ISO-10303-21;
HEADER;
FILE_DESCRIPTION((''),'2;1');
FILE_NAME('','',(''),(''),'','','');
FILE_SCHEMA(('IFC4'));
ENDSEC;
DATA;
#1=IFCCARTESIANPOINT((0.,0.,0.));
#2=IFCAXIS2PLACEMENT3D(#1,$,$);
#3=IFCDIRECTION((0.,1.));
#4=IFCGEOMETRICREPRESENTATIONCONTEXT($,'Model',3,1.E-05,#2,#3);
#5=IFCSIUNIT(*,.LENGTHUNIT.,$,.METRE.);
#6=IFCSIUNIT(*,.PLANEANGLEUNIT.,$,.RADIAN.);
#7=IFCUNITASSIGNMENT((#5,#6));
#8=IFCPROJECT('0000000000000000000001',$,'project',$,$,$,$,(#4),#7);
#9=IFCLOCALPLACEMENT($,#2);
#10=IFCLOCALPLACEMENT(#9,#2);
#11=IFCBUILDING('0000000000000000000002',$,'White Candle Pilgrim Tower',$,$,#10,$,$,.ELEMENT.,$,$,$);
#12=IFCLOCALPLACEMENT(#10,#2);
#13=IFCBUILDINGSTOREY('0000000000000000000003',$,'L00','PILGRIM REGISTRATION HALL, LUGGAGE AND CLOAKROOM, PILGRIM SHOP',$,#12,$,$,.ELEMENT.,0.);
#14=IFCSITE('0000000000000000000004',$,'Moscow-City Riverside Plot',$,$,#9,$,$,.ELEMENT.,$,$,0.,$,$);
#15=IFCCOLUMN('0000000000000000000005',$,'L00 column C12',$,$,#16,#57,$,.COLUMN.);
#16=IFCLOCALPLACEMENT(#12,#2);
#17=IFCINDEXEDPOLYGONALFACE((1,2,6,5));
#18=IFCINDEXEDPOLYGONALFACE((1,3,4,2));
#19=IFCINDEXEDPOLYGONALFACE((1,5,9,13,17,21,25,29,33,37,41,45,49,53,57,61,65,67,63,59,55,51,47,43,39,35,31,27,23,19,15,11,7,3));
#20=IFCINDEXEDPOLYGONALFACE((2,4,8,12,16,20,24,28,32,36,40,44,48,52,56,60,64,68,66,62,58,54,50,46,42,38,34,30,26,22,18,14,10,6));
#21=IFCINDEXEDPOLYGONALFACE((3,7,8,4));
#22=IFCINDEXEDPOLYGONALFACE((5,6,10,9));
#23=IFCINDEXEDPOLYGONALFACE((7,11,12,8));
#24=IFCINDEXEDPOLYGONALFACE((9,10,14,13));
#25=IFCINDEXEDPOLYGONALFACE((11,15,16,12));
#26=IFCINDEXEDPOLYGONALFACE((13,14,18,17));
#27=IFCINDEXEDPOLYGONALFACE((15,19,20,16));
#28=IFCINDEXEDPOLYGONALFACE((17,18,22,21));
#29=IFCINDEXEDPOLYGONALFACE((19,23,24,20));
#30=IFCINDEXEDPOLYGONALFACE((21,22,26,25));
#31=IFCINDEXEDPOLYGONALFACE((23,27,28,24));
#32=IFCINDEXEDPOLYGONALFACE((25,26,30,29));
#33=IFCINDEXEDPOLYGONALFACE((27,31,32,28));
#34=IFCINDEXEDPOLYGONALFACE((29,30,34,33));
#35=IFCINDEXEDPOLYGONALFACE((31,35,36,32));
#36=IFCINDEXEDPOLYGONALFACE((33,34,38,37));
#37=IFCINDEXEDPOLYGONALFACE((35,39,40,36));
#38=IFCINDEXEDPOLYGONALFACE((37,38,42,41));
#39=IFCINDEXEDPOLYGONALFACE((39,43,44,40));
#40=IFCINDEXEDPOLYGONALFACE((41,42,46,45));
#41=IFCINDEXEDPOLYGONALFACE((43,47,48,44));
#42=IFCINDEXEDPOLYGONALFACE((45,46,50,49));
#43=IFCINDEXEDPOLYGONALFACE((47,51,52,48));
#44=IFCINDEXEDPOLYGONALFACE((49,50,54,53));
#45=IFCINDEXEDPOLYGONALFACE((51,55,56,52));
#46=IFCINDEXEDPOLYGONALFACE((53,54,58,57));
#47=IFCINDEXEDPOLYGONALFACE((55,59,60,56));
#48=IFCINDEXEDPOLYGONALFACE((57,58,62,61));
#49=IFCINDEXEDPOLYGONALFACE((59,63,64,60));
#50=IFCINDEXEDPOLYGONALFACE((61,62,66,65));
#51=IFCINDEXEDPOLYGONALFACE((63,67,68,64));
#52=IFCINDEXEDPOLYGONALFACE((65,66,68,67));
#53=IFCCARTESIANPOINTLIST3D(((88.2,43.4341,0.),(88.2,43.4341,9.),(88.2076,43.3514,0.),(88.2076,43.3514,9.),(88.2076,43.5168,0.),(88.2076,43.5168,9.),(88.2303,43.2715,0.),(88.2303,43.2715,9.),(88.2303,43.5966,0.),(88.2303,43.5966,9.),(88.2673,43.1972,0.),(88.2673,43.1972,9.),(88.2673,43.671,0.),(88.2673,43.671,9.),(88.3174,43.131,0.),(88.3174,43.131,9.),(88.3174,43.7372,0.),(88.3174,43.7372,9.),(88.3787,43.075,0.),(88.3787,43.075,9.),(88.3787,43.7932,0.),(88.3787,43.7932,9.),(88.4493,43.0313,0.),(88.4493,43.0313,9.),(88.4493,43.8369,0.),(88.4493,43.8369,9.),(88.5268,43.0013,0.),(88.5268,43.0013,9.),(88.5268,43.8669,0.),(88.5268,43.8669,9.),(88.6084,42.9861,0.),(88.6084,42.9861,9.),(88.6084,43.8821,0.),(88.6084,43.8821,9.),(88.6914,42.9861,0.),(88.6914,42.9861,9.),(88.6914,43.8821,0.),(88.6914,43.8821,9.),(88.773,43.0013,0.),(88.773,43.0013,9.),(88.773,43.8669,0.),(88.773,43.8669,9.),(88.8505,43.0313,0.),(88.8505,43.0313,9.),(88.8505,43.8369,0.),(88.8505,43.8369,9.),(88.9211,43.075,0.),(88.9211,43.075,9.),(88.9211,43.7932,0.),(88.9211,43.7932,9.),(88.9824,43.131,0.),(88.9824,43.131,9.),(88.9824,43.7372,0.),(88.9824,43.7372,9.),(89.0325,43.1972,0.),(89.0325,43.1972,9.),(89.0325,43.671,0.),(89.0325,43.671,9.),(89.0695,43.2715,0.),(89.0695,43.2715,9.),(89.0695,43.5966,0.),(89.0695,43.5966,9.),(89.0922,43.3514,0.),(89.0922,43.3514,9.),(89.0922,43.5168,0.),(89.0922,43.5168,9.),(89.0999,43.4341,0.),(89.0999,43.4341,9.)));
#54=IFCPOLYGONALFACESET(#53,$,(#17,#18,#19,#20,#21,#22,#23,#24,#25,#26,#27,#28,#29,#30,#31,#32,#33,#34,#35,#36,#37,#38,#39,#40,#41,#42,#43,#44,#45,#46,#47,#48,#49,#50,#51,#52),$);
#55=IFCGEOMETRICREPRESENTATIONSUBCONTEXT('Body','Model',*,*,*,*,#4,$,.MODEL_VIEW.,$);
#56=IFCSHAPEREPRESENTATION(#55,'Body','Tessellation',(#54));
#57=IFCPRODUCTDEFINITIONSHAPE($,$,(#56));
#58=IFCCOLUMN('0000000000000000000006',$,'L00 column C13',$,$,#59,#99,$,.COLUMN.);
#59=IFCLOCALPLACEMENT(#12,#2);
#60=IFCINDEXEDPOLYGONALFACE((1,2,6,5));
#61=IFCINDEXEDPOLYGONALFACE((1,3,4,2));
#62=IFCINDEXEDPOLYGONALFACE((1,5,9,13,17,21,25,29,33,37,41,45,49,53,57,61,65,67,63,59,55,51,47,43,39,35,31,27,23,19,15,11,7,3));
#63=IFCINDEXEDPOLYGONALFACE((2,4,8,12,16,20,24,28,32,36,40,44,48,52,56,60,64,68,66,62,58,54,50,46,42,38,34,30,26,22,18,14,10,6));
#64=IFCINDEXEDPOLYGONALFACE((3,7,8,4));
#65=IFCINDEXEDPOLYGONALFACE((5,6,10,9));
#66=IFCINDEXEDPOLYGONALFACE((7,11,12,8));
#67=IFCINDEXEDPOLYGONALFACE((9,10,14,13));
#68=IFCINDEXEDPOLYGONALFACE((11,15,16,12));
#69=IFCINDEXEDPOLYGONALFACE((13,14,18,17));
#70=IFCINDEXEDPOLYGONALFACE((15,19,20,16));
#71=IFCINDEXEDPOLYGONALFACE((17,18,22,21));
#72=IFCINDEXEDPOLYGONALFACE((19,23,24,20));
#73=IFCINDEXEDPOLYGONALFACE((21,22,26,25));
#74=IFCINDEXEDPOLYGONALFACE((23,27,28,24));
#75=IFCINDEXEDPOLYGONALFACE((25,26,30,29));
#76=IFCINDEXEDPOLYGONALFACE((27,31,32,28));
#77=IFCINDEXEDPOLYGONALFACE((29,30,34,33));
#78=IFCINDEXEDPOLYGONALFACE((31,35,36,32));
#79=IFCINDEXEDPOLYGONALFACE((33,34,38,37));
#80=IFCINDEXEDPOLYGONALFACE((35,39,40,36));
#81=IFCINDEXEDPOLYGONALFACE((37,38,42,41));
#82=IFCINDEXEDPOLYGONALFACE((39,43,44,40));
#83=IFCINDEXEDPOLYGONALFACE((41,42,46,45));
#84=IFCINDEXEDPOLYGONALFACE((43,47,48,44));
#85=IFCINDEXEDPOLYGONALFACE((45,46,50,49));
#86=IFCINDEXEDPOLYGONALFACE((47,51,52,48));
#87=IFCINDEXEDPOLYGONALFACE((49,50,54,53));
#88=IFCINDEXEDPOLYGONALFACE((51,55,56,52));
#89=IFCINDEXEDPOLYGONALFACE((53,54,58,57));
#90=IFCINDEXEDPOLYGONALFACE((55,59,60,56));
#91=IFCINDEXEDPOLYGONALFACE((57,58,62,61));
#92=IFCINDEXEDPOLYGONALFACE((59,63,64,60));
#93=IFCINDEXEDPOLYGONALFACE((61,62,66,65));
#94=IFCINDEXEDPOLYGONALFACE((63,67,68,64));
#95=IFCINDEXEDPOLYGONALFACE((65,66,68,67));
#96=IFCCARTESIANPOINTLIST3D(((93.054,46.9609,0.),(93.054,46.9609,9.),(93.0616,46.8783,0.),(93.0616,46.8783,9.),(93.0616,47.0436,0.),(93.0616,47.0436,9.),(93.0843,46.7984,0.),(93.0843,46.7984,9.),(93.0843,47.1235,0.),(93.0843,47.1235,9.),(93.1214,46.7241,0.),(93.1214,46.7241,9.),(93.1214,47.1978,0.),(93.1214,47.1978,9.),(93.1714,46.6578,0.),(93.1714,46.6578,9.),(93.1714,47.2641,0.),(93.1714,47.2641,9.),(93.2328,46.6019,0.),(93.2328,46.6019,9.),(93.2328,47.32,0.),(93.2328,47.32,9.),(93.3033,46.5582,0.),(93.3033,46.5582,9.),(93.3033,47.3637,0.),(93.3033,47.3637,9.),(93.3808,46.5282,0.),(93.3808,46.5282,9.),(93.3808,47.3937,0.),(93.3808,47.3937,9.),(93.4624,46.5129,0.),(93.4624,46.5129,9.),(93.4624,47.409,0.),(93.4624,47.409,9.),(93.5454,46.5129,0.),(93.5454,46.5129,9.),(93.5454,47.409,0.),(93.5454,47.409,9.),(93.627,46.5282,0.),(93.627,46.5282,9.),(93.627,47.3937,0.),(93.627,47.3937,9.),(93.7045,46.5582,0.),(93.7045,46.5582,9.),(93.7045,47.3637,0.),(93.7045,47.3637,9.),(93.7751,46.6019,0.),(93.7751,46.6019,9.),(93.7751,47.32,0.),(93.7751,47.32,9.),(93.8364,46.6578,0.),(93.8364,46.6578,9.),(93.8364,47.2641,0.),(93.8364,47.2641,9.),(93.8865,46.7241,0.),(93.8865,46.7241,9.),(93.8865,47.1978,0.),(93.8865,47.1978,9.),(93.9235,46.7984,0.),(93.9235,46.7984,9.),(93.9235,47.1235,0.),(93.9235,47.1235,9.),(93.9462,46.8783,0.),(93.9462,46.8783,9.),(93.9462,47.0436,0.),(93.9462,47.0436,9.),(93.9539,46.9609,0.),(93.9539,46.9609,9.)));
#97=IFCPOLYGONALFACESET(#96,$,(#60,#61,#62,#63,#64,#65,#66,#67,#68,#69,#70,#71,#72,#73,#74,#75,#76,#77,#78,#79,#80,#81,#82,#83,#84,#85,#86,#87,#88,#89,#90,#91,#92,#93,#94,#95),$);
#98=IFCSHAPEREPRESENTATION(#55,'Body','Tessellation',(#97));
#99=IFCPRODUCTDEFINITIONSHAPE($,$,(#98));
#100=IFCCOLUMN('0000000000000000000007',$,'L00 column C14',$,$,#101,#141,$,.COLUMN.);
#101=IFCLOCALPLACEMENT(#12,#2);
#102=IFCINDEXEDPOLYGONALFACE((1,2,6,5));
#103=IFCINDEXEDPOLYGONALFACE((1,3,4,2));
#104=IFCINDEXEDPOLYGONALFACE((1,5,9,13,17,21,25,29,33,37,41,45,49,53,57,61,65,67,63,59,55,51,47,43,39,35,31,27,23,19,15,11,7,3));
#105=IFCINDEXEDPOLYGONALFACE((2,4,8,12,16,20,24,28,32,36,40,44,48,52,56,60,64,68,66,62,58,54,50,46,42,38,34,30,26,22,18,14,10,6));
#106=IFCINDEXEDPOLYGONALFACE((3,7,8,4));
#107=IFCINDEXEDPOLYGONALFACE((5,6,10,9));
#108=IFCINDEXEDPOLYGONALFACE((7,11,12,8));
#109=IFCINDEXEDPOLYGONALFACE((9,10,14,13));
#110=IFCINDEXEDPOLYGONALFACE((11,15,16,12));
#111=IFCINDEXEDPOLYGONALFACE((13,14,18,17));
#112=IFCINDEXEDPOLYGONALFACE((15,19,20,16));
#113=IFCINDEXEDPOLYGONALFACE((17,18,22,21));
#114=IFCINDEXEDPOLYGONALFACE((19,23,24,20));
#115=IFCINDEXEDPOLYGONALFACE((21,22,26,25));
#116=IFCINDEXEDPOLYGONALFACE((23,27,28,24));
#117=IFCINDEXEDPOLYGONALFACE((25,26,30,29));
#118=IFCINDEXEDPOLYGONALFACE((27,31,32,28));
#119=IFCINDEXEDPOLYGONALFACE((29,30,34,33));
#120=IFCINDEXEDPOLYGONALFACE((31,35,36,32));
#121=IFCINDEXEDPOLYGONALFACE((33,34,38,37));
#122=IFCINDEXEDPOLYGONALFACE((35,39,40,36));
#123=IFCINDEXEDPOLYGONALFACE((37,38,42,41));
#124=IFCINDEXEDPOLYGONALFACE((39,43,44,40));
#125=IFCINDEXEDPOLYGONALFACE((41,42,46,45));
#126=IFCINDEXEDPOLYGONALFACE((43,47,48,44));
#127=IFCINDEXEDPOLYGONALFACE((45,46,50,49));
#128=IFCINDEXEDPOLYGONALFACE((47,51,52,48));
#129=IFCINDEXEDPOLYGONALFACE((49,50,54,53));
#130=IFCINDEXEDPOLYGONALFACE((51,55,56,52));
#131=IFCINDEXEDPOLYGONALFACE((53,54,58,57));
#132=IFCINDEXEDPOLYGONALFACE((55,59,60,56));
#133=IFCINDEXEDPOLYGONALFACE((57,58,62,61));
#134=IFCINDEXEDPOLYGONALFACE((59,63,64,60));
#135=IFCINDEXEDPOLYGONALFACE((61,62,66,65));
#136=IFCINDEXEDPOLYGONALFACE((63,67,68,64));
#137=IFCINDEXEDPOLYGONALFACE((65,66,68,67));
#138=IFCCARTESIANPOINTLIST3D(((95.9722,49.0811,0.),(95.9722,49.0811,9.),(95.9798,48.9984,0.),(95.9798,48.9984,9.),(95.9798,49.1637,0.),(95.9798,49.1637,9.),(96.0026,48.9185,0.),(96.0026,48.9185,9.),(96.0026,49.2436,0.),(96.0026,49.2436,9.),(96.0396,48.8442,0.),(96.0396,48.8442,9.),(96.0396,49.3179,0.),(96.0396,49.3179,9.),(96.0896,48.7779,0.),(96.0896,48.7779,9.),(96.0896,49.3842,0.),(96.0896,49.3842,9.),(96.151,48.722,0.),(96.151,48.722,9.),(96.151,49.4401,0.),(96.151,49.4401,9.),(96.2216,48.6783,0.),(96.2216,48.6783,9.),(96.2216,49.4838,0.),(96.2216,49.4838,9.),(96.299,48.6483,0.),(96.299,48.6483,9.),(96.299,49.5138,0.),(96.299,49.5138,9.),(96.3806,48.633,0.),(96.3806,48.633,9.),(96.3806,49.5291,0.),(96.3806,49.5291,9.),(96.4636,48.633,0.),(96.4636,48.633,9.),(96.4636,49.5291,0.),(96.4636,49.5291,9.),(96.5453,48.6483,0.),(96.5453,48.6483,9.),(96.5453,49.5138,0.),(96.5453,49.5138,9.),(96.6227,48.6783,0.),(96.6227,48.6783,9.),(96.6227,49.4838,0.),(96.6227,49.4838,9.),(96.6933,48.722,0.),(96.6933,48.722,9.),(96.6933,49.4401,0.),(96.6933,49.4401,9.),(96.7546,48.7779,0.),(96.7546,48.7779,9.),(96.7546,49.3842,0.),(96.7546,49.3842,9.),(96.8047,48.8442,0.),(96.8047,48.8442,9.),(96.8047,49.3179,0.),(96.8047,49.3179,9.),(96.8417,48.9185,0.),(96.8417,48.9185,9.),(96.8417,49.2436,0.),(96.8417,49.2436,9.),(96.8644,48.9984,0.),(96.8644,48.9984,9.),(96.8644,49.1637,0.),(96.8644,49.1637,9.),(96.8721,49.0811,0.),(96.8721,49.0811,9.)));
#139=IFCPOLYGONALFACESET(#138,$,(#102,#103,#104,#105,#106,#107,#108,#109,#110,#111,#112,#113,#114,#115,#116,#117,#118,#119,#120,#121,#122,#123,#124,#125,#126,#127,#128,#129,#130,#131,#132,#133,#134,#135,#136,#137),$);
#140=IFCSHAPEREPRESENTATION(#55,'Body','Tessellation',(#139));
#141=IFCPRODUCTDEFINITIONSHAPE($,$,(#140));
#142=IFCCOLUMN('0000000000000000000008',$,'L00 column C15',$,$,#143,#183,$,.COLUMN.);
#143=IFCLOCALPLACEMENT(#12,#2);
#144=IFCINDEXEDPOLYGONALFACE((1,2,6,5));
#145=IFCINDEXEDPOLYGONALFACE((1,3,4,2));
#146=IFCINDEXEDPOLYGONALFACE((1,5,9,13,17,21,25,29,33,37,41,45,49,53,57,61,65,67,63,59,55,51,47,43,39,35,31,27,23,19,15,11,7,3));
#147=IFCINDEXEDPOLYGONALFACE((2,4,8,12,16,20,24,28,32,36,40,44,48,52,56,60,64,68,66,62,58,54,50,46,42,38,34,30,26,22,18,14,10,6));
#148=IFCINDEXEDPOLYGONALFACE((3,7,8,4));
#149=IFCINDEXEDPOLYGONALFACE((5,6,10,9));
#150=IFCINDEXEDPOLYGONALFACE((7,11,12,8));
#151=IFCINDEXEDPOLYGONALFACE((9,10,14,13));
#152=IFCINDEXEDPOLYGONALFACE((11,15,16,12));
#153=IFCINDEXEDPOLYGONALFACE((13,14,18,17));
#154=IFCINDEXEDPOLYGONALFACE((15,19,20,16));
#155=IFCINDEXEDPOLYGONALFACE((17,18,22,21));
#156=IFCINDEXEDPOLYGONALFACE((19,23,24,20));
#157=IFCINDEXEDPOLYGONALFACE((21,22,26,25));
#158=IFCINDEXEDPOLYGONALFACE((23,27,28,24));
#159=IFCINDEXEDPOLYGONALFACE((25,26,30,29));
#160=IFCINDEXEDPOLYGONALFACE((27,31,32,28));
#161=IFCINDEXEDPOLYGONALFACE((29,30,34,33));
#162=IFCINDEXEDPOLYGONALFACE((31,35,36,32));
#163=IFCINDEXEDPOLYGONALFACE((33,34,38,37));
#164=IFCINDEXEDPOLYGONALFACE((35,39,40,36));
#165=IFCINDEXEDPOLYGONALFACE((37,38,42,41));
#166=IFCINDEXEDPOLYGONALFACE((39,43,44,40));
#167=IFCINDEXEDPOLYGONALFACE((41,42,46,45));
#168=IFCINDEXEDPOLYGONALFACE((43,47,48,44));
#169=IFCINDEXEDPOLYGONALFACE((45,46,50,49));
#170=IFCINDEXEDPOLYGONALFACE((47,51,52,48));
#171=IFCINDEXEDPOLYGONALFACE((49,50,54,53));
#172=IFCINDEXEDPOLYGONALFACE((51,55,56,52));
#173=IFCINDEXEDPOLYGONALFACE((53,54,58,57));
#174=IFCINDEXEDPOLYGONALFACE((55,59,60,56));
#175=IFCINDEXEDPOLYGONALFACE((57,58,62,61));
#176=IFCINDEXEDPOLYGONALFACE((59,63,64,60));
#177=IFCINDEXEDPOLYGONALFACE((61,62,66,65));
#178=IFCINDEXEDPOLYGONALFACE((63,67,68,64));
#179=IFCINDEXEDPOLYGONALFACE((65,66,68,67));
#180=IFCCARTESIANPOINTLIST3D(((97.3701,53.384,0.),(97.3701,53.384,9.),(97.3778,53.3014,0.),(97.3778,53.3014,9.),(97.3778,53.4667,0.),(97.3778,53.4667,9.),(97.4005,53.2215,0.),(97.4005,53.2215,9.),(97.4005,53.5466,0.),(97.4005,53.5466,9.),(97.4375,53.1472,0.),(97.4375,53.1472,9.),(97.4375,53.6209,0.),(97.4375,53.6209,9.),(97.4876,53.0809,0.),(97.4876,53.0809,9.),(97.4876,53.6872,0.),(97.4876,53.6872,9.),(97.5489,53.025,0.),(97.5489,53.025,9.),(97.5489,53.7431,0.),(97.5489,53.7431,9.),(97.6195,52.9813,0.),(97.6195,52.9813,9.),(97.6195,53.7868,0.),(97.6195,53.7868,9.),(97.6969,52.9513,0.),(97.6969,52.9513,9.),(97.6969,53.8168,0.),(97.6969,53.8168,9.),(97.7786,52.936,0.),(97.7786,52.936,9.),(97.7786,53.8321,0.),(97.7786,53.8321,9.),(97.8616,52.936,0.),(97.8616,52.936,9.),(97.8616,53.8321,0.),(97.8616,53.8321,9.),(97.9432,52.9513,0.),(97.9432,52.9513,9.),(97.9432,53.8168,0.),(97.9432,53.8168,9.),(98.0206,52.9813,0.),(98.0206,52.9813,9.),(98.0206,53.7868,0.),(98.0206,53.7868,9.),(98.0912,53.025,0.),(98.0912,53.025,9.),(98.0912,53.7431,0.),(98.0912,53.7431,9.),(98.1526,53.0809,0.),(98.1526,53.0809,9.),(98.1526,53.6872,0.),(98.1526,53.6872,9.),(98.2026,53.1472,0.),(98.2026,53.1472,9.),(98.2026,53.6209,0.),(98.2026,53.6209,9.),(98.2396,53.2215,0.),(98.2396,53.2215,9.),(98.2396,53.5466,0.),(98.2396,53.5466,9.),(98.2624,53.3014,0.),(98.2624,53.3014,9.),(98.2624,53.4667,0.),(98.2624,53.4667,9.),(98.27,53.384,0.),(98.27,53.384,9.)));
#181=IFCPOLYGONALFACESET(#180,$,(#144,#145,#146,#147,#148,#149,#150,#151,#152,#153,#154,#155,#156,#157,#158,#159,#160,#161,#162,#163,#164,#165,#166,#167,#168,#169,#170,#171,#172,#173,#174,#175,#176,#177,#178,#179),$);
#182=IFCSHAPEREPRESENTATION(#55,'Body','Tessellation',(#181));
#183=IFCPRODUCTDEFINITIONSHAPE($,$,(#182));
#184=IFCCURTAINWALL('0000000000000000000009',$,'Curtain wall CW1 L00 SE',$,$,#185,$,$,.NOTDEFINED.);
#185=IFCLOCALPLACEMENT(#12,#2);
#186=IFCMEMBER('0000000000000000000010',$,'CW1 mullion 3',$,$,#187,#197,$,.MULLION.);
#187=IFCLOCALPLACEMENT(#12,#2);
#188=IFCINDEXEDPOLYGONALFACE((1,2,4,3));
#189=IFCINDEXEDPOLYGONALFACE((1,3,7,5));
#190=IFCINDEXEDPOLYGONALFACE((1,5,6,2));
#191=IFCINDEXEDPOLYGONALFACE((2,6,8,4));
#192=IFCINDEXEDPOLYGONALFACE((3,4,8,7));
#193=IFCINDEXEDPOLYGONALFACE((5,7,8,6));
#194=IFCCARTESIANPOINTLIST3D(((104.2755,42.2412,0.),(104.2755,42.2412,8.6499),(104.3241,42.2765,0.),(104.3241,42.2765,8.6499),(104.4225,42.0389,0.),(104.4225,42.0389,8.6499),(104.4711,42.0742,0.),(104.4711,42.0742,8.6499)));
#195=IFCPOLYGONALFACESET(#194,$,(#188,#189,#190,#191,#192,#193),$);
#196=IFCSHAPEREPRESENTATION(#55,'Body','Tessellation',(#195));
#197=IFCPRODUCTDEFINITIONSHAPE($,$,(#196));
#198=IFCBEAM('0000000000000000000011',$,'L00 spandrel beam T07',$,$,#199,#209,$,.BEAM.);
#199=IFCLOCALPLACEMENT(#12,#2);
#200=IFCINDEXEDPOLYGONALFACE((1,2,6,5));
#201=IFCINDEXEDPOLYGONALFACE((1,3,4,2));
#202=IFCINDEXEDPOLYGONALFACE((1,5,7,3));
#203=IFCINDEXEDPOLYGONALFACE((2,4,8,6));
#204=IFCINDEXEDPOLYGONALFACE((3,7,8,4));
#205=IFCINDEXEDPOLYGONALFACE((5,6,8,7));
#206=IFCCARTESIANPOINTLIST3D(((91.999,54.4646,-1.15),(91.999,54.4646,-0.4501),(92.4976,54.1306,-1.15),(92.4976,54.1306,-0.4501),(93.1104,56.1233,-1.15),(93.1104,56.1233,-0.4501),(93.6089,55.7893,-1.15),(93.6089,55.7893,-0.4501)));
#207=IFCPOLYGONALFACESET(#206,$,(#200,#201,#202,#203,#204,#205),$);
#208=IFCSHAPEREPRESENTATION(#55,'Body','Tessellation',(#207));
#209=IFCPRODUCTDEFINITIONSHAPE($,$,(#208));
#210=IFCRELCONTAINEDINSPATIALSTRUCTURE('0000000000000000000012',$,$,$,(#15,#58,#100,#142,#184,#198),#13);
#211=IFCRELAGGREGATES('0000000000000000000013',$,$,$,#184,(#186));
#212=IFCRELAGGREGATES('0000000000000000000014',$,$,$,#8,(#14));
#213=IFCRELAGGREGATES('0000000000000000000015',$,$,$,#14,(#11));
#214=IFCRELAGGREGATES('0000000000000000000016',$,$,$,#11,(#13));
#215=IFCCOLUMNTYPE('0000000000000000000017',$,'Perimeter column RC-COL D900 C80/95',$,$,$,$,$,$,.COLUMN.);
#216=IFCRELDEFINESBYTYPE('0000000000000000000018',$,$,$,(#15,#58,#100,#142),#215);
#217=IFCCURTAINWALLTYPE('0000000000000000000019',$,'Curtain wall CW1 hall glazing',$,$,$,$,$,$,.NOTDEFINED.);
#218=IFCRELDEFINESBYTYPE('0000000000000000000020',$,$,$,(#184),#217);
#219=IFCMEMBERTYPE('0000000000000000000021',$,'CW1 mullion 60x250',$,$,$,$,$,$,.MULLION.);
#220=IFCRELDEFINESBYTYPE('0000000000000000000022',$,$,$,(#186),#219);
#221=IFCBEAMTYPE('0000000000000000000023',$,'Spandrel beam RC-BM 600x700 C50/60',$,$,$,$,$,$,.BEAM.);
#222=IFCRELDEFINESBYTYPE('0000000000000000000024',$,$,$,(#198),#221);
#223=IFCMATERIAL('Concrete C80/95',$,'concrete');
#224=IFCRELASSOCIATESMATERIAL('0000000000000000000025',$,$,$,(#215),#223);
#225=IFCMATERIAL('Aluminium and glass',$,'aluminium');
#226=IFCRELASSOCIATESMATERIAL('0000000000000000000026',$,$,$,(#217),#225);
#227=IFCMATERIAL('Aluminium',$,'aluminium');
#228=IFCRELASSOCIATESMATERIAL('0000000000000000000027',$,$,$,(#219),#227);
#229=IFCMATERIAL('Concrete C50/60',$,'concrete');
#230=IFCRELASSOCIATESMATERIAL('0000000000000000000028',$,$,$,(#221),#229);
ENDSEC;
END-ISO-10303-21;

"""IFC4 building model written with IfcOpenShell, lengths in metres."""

from ifc_helpers import new_model, si_unit, direction, frame, origin, origin_2d, place, context, subcontext, project, spatial, rectangle, circle, extrude, material, material_profile, profile_set, type_object, element, aggregate, save


model = new_model("IFC4")

# Units and contexts
model_context = context("Model", 3, precision=1e-05, world=origin(), true_north=direction((0.0, 1.0)))
body_context = subcontext(model_context, "Body", "Model", "MODEL_VIEW")
ifc_project = project(units=[si_unit("LENGTHUNIT", "METRE"), si_unit("PLANEANGLEUNIT", "RADIAN")], contexts=[model_context])

# Site, building, storey
site_placement = place(None, origin())
site = spatial("IfcSite", under=ifc_project, at=site_placement, Name="Moscow-City Riverside Plot", CompositionType="ELEMENT", RefElevation=0.0)
building_placement = place(site_placement, origin())
building = spatial("IfcBuilding", under=site, at=building_placement, Name="White Candle Pilgrim Tower", CompositionType="ELEMENT")
storey_placement = place(building_placement, origin())
storey = spatial("IfcBuildingStorey", under=building, at=storey_placement, Name="L00", Description="PILGRIM REGISTRATION HALL, LUGGAGE AND CLOAKROOM, PILGRIM SHOP", CompositionType="ELEMENT", Elevation=0.0)

# Columns
ifc_material_1 = material(Name="Concrete C80/95", Category="concrete")
ifc_material_profile_1 = material_profile(ifc_material_1, circle(Radius=0.45, at=origin_2d()), Name="RC-COL D900")
ifc_profile_set_1 = profile_set([ifc_material_profile_1], Name="Concrete C80/95")
column_type_1 = type_object("IfcColumnType", Name="Perimeter column RC-COL D900 C80/95", PredefinedType="COLUMN", material=ifc_profile_set_1)
for number, where, z_axis, x_axis, name in (
    (1, (88.6499, 43.4341, 0.0), (0.0, 0.0, 1.0), (1.0, 0.0, 0.0), "L00 column C12"),
    (2, (93.5039, 46.9609, 0.0), (0.0, 0.0, 1.0), (1.0, 0.0, 0.0), "L00 column C13"),
    (3, (96.4221, 49.0811, 0.0), (0.0, 0.0, 1.0), (1.0, 0.0, 0.0), "L00 column C14"),
    (4, (97.8201, 53.384, 0.0), (0.0, 0.0, 1.0), (1.0, 0.0, 0.0), "L00 column C15"),
):
    element("IfcColumn", number, at=place(storey_placement, frame(where, z_axis=z_axis, x_axis=x_axis)), inside=storey, type_object=column_type_1, Name=name, PredefinedType="COLUMN", context=body_context, shape_type="SweptSolid", body=[
        extrude(circle(Radius=0.45, at=origin_2d()), origin(), (0.0, 0.0, 1.0), 9.0),
    ])

# Curtain wall, member
ifc_material_2 = material(Name="Aluminium and glass", Category="aluminium")
curtain_wall_type = type_object("IfcCurtainWallType", Name="Curtain wall CW1 hall glazing", PredefinedType="NOTDEFINED", material=ifc_material_2)
curtain_wall_placement = place(storey_placement, origin())
curtain_wall = element("IfcCurtainWall", 5, at=curtain_wall_placement, inside=storey, type_object=curtain_wall_type, Name="Curtain wall CW1 L00 SE", PredefinedType="NOTDEFINED")
ifc_material_3 = material(Name="Aluminium", Category="aluminium")
ifc_material_profile_2 = material_profile(ifc_material_3, rectangle(XDim=0.25, YDim=0.0601, at=origin_2d()), Name="CW1 mullion 60x250")
ifc_profile_set_2 = profile_set([ifc_material_profile_2], Name="Aluminium")
member_type = type_object("IfcMemberType", Name="CW1 mullion 60x250", PredefinedType="MULLION", material=ifc_profile_set_2)
member_placement = place(storey_placement, frame((104.3733, 42.1577, 0.0), z_axis=(0.0, 0.0, 1.0), x_axis=(-0.587785, 0.809017, 0.0)))
member = element("IfcMember", 6, at=member_placement, type_object=member_type, Name="CW1 mullion 3", PredefinedType="MULLION", context=body_context, shape_type="SweptSolid", body=[
    extrude(rectangle(XDim=0.25, YDim=0.0601, at=origin_2d()), origin(), (0.0, 0.0, 1.0), 8.6499),
])

# Beam
ifc_material_4 = material(Name="Concrete C50/60", Category="concrete")
ifc_material_profile_3 = material_profile(ifc_material_4, rectangle(XDim=0.6001, YDim=0.7, at=origin_2d()), Name="RC-BM 600x700")
ifc_profile_set_3 = profile_set([ifc_material_profile_3], Name="Concrete C50/60")
beam_type = type_object("IfcBeamType", Name="Spandrel beam RC-BM 600x700 C50/60", PredefinedType="BEAM", material=ifc_profile_set_3)
beam_1_placement = place(storey_placement, frame((92.2483, 54.2976, -0.8), z_axis=(0.556618, 0.830769, 0.0), x_axis=(-0.830769, 0.556618, 0.0)))
element("IfcBeam", 7, at=beam_1_placement, inside=storey, type_object=beam_type, Name="L00 spandrel beam T07", PredefinedType="BEAM", context=body_context, shape_type="SweptSolid", body=[
    extrude(rectangle(XDim=0.6001, YDim=0.7, at=origin_2d()), origin(), (0.0, 0.0, 1.0), 1.9966),
])

aggregate(curtain_wall, [member])

save(model, "model.ifc")
